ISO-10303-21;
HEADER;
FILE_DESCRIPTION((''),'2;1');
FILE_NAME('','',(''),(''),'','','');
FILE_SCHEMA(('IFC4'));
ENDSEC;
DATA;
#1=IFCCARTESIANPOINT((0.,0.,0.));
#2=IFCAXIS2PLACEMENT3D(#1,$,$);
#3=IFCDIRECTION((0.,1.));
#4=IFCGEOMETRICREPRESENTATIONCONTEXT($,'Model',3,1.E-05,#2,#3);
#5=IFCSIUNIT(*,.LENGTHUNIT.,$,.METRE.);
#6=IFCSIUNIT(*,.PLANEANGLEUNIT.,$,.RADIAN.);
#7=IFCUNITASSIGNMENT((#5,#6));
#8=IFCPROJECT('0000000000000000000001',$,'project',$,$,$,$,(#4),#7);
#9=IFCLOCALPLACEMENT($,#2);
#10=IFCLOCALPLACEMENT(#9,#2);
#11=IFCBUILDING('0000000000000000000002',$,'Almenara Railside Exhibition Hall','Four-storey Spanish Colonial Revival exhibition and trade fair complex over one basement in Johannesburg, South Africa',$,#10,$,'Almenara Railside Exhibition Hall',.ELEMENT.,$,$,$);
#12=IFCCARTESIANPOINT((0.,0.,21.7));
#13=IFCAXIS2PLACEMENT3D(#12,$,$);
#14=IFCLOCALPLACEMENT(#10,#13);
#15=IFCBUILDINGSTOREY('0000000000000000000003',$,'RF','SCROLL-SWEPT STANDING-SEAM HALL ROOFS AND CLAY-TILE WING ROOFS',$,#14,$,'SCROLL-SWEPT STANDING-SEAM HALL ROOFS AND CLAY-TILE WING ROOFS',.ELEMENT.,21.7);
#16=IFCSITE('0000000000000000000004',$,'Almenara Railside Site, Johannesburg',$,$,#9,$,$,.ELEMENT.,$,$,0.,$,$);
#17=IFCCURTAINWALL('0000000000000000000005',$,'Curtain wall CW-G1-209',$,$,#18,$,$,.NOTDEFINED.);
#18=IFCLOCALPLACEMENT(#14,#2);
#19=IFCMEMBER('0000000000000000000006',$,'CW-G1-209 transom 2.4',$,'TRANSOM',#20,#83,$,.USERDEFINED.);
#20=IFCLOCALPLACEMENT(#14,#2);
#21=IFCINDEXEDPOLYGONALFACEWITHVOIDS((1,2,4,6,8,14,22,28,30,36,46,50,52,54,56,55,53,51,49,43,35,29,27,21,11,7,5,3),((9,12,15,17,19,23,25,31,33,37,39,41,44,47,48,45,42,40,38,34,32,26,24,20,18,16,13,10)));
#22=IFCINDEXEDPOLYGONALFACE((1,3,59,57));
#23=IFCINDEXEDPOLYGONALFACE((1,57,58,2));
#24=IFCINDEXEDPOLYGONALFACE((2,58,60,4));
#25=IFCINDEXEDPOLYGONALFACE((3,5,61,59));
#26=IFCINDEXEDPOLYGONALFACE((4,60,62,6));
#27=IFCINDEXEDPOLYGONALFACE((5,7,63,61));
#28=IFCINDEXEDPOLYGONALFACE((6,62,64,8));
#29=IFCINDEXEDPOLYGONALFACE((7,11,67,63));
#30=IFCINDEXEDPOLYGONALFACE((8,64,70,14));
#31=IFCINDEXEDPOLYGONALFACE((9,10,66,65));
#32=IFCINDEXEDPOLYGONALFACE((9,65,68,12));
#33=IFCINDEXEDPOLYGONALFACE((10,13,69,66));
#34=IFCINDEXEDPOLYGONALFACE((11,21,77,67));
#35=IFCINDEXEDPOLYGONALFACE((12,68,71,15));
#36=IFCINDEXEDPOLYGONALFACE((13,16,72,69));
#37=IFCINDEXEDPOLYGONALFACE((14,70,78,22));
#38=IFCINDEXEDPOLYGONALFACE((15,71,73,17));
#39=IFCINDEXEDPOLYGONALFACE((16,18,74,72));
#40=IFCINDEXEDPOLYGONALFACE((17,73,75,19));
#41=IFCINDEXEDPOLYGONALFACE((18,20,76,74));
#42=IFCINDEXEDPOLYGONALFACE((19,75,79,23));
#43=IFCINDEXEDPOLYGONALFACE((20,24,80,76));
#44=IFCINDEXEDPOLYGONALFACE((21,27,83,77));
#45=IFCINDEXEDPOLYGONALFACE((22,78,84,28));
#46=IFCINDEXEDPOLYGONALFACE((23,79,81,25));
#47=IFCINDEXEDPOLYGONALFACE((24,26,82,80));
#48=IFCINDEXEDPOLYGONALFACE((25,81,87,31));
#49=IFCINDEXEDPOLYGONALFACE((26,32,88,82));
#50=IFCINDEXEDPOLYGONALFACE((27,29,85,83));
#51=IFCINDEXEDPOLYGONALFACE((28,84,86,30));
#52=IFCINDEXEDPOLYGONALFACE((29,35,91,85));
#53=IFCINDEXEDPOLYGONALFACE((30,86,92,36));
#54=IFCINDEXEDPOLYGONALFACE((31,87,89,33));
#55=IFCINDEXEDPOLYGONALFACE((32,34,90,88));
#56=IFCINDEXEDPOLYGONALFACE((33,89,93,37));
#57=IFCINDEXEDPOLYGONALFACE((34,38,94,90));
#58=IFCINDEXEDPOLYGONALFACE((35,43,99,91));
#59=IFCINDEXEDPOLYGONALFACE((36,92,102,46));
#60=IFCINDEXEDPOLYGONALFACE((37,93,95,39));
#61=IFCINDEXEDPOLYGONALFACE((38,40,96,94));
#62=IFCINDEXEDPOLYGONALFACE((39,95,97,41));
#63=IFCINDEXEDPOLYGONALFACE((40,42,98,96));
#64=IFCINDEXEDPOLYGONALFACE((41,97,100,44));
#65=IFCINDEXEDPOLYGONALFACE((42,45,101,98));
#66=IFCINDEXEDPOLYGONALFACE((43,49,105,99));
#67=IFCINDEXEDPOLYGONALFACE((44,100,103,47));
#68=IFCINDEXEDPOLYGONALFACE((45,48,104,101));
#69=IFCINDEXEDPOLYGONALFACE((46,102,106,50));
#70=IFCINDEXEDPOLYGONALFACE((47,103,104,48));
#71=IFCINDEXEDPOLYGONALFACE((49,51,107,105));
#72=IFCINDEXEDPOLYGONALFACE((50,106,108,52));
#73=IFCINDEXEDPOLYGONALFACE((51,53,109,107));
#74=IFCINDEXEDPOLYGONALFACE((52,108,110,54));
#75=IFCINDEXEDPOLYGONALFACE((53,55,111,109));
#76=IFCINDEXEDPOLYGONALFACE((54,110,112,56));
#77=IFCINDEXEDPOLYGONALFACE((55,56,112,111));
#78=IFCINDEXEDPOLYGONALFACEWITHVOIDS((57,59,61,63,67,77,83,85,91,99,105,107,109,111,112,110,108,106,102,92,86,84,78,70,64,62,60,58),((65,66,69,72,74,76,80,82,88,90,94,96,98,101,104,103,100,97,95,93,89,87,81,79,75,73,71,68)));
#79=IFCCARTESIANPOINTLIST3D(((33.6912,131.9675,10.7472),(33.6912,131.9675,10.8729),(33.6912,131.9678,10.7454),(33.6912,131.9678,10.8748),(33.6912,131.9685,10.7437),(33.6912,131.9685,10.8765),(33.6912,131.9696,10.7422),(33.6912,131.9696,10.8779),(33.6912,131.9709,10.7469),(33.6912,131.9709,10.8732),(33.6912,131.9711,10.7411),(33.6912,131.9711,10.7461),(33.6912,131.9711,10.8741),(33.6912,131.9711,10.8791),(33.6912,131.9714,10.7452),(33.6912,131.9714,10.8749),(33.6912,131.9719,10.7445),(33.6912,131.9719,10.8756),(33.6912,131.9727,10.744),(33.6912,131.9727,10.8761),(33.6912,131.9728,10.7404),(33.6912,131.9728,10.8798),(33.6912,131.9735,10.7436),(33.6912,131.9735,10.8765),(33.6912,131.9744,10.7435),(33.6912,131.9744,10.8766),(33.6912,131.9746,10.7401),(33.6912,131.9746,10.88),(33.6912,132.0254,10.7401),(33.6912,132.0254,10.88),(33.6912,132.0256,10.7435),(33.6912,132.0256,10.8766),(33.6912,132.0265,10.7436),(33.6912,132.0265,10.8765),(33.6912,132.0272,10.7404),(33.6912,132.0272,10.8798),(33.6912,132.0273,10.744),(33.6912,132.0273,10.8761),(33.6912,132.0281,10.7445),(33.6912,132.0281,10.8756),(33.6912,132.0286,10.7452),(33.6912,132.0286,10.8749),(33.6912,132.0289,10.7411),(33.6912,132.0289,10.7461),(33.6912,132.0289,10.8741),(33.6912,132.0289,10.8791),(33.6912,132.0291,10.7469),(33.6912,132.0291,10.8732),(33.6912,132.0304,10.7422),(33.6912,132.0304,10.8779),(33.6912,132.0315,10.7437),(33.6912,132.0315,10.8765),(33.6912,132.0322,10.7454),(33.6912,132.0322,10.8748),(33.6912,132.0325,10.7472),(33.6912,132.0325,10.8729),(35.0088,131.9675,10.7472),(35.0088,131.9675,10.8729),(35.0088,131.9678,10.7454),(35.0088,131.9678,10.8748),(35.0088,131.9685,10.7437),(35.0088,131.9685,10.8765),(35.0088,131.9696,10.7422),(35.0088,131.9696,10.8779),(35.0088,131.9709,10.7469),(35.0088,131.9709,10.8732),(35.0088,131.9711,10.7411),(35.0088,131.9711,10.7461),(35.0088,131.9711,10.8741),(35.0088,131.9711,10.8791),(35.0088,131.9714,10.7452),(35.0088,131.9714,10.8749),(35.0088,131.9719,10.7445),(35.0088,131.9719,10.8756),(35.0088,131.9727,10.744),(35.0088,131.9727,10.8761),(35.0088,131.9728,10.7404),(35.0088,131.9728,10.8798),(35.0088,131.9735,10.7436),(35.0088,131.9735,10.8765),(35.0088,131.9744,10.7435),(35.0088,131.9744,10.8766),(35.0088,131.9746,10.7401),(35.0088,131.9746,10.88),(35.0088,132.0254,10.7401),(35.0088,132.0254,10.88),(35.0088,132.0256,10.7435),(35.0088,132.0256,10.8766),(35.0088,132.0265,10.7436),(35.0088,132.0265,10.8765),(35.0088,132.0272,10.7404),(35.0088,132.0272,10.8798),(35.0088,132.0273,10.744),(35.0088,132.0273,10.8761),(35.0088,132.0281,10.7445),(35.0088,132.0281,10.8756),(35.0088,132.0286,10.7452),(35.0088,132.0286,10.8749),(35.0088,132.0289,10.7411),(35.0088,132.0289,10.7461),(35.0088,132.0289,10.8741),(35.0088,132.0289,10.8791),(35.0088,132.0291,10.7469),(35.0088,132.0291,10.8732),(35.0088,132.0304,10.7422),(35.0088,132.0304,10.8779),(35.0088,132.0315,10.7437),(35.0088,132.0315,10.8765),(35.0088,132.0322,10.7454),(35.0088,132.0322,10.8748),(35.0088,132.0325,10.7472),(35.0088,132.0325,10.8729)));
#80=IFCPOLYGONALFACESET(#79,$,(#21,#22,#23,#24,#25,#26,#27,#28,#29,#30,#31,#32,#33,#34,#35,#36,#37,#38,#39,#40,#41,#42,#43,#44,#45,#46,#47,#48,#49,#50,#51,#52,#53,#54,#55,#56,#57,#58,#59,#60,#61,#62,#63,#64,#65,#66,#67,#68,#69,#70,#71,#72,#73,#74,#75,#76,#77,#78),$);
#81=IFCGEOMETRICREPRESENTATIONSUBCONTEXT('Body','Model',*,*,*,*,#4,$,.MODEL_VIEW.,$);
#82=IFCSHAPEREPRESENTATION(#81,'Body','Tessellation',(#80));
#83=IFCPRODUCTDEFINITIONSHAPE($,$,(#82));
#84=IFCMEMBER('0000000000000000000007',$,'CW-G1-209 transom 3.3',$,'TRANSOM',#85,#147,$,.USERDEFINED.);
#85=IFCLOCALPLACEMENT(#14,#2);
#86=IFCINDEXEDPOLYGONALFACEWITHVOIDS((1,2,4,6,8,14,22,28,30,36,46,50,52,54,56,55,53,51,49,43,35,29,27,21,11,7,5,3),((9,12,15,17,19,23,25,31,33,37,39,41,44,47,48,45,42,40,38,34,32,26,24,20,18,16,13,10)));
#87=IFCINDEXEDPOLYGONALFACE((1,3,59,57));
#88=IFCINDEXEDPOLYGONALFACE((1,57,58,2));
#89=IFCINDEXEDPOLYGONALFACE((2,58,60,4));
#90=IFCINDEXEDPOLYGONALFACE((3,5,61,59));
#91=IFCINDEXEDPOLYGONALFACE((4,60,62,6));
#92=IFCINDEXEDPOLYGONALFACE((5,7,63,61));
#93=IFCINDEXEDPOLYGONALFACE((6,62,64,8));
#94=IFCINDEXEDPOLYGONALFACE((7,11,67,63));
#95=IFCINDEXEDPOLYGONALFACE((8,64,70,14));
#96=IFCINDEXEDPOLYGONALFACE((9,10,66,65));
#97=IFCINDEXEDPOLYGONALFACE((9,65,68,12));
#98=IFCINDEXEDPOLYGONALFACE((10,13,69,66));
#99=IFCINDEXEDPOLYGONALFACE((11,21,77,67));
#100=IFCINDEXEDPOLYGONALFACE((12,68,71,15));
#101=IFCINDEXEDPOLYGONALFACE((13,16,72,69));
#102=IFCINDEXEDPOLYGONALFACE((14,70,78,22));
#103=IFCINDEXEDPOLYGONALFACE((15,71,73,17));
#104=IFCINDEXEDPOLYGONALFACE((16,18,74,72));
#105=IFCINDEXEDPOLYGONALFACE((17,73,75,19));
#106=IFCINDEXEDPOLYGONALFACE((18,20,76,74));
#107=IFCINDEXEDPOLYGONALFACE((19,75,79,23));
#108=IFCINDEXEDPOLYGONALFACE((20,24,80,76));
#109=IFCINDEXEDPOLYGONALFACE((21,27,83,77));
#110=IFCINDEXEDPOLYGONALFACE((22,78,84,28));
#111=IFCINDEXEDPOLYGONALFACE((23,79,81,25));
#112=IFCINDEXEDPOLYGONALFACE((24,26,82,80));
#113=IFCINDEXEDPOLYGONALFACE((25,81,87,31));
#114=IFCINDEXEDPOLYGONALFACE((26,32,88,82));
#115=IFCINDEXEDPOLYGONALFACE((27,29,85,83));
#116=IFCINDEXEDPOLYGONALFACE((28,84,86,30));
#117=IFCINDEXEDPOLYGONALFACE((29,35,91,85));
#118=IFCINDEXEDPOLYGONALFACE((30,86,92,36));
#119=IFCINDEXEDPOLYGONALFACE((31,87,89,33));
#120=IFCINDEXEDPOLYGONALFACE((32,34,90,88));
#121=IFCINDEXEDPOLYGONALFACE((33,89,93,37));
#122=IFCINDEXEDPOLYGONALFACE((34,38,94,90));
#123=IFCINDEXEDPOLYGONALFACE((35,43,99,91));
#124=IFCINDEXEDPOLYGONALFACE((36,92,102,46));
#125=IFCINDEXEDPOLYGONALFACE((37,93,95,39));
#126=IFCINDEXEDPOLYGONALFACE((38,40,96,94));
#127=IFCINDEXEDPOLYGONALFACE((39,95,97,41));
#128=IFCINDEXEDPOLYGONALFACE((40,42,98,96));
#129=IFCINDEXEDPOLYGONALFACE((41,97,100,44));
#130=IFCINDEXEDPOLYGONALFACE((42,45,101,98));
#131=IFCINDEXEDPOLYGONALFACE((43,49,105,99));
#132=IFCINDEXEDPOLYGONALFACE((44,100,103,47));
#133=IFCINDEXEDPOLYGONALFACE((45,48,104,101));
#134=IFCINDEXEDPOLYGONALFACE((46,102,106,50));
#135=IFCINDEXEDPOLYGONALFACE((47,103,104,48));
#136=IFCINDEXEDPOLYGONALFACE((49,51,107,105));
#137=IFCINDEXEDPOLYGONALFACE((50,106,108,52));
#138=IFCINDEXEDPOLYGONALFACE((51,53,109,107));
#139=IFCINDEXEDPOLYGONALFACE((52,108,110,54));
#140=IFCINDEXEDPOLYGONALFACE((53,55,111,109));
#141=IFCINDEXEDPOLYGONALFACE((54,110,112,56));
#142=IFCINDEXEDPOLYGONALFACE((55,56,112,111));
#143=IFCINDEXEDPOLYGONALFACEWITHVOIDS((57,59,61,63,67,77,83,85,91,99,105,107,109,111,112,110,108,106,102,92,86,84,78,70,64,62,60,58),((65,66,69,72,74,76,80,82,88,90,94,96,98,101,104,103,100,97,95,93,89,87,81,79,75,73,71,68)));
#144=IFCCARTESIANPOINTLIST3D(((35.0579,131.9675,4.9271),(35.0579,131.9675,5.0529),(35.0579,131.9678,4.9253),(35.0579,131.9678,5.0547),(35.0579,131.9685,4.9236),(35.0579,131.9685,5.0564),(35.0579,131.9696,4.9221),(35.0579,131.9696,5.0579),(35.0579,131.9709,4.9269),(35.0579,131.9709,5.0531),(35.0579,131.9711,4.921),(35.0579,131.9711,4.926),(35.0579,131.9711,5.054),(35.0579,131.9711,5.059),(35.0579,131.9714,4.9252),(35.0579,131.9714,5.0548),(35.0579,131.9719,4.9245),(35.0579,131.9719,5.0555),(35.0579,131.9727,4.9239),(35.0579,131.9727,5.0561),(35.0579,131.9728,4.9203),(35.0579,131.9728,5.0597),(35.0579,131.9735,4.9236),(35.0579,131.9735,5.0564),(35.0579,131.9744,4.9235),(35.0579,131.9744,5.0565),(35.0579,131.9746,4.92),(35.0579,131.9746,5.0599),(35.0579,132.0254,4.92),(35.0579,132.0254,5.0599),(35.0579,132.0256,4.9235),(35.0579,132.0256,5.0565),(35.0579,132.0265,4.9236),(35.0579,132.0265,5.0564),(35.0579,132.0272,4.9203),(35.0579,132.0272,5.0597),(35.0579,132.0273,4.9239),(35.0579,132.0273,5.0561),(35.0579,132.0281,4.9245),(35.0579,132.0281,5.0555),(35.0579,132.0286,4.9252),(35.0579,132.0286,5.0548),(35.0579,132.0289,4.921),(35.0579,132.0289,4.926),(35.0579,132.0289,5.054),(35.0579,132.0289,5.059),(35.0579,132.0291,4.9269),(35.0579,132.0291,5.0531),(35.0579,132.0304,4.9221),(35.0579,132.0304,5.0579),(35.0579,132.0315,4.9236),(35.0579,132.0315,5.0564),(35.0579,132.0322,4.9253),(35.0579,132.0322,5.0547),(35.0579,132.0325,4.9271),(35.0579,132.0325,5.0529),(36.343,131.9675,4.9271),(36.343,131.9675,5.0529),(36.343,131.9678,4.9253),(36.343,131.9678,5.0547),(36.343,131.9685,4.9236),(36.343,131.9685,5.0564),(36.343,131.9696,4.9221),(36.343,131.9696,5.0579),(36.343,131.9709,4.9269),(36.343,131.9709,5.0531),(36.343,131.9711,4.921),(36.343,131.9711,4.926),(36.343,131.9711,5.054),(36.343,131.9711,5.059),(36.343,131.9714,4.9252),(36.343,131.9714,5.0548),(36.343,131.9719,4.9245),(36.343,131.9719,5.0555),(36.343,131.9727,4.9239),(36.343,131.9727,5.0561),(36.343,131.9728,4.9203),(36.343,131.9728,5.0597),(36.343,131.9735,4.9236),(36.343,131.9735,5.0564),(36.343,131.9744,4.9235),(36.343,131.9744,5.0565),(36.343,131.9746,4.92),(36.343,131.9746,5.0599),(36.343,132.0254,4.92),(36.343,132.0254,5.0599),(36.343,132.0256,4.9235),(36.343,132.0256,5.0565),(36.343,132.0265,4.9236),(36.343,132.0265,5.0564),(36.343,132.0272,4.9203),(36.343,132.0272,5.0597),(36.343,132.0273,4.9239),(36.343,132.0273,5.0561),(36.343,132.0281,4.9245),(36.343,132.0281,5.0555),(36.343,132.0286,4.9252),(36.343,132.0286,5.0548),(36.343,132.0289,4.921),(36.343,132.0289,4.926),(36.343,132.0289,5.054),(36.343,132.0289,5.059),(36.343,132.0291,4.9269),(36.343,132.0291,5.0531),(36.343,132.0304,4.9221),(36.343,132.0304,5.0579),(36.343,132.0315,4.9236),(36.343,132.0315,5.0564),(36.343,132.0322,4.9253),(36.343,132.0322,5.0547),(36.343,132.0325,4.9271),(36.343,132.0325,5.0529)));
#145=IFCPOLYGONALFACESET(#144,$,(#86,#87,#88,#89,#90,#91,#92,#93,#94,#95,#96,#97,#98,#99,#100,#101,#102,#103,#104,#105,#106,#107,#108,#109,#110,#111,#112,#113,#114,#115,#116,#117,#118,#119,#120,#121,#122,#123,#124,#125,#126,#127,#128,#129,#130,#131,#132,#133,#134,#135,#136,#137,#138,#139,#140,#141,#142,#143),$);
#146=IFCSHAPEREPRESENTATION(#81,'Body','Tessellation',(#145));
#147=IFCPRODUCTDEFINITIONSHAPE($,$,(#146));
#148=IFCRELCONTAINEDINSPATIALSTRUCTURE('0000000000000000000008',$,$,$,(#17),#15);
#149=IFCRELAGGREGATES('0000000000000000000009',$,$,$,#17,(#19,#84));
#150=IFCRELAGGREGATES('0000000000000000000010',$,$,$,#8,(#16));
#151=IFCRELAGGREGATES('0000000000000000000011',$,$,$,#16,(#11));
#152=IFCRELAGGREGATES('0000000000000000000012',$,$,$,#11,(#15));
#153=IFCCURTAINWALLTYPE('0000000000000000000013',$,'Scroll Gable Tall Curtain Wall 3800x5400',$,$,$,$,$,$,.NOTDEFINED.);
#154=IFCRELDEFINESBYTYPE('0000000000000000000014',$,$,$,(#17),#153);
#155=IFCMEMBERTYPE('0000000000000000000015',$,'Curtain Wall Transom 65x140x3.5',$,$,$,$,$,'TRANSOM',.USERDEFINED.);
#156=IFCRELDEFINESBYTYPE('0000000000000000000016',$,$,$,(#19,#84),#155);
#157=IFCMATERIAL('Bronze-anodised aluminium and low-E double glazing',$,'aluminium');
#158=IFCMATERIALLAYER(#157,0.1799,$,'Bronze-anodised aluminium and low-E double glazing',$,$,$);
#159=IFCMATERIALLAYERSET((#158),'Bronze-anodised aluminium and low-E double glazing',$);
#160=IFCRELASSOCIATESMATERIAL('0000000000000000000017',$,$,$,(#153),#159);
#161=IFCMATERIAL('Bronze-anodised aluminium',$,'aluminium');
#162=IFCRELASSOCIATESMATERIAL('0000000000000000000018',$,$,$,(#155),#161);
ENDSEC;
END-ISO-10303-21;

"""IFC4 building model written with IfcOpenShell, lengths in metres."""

from ifc_helpers import new_model, si_unit, direction, frame, origin, origin_2d, place, context, subcontext, project, spatial, hollow_rectangle, extrude, material, layer, layer_set, material_profile, profile_set, type_object, element, aggregate, save


model = new_model("IFC4")

# Units and contexts
model_context = context("Model", 3, precision=1e-05, world=origin(), true_north=direction((0.0, 1.0)))
body_context = subcontext(model_context, "Body", "Model", "MODEL_VIEW")
ifc_project = project(units=[si_unit("LENGTHUNIT", "METRE"), si_unit("PLANEANGLEUNIT", "RADIAN")], contexts=[model_context])

# Site, building, storey
site_placement = place(None, origin())
site = spatial("IfcSite", under=ifc_project, at=site_placement, Name="Almenara Railside Site, Johannesburg", CompositionType="ELEMENT", RefElevation=0.0)
building_placement = place(site_placement, origin())
building = spatial("IfcBuilding", under=site, at=building_placement, Name="Almenara Railside Exhibition Hall", Description="Four-storey Spanish Colonial Revival exhibition and trade fair complex over one basement in Johannesburg, South Africa", LongName="Almenara Railside Exhibition Hall", CompositionType="ELEMENT")
storey_placement = place(building_placement, frame((0.0, 0.0, 21.7)))
storey = spatial("IfcBuildingStorey", under=building, at=storey_placement, Name="RF", Description="SCROLL-SWEPT STANDING-SEAM HALL ROOFS AND CLAY-TILE WING ROOFS", LongName="SCROLL-SWEPT STANDING-SEAM HALL ROOFS AND CLAY-TILE WING ROOFS", CompositionType="ELEMENT", Elevation=21.7)

# Curtain wall, members
ifc_material_1 = material(Name="Bronze-anodised aluminium and low-E double glazing", Category="aluminium")
ifc_layer_1 = layer(ifc_material_1, 0.1799, Name="Bronze-anodised aluminium and low-E double glazing")
ifc_layer_set_1 = layer_set([ifc_layer_1], Name="Bronze-anodised aluminium and low-E double glazing")
curtain_wall_type = type_object("IfcCurtainWallType", Name="Scroll Gable Tall Curtain Wall 3800x5400", PredefinedType="NOTDEFINED", material=ifc_layer_set_1)
ifc_material_2 = material(Name="Bronze-anodised aluminium", Category="aluminium")
curtain_wall_1_placement = place(storey_placement, origin())
curtain_wall_1 = element("IfcCurtainWall", 1, at=curtain_wall_1_placement, inside=storey, type_object=curtain_wall_type, Name="Curtain wall CW-G1-209", PredefinedType="NOTDEFINED")
ifc_material_profile_1 = material_profile(ifc_material_2, hollow_rectangle(XDim=0.0649, YDim=0.1399, WallThickness=0.0034, InnerFilletRadius=0.0034, OuterFilletRadius=0.0071, at=origin_2d()), Name="ALU-TRN 65x140x3.5")
ifc_profile_set_1 = profile_set([ifc_material_profile_1], Name="Bronze-anodised aluminium")
member_type_1 = type_object("IfcMemberType", Name="Curtain Wall Transom 65x140x3.5", ElementType="TRANSOM", PredefinedType="USERDEFINED", material=ifc_profile_set_1)
member_1_placement = place(storey_placement, frame((33.6912, 132.0, 10.8101), z_axis=(1.0, 0.0, 0.0), x_axis=(0.0, 1.0, 0.0)))
member_1 = element("IfcMember", 2, at=member_1_placement, type_object=member_type_1, Name="CW-G1-209 transom 2.4", ObjectType="TRANSOM", PredefinedType="USERDEFINED", context=body_context, shape_type="SweptSolid", body=[
    extrude(hollow_rectangle(XDim=0.0649, YDim=0.1399, WallThickness=0.0034, InnerFilletRadius=0.0034, OuterFilletRadius=0.0071, at=origin_2d()), origin(), (0.0, 0.0, 1.0), 1.3176),
])
member_2_placement = place(storey_placement, frame((35.0579, 132.0, 4.99), z_axis=(1.0, 0.0, 0.0), x_axis=(0.0, 1.0, 0.0)))
member_2 = element("IfcMember", 3, at=member_2_placement, type_object=member_type_1, Name="CW-G1-209 transom 3.3", ObjectType="TRANSOM", PredefinedType="USERDEFINED", context=body_context, shape_type="SweptSolid", body=[
    extrude(hollow_rectangle(XDim=0.0649, YDim=0.1399, WallThickness=0.0034, InnerFilletRadius=0.0034, OuterFilletRadius=0.0071, at=origin_2d()), origin(), (0.0, 0.0, 1.0), 1.2852),
])

aggregate(curtain_wall_1, [member_1, member_2])

save(model, "model.ifc")
